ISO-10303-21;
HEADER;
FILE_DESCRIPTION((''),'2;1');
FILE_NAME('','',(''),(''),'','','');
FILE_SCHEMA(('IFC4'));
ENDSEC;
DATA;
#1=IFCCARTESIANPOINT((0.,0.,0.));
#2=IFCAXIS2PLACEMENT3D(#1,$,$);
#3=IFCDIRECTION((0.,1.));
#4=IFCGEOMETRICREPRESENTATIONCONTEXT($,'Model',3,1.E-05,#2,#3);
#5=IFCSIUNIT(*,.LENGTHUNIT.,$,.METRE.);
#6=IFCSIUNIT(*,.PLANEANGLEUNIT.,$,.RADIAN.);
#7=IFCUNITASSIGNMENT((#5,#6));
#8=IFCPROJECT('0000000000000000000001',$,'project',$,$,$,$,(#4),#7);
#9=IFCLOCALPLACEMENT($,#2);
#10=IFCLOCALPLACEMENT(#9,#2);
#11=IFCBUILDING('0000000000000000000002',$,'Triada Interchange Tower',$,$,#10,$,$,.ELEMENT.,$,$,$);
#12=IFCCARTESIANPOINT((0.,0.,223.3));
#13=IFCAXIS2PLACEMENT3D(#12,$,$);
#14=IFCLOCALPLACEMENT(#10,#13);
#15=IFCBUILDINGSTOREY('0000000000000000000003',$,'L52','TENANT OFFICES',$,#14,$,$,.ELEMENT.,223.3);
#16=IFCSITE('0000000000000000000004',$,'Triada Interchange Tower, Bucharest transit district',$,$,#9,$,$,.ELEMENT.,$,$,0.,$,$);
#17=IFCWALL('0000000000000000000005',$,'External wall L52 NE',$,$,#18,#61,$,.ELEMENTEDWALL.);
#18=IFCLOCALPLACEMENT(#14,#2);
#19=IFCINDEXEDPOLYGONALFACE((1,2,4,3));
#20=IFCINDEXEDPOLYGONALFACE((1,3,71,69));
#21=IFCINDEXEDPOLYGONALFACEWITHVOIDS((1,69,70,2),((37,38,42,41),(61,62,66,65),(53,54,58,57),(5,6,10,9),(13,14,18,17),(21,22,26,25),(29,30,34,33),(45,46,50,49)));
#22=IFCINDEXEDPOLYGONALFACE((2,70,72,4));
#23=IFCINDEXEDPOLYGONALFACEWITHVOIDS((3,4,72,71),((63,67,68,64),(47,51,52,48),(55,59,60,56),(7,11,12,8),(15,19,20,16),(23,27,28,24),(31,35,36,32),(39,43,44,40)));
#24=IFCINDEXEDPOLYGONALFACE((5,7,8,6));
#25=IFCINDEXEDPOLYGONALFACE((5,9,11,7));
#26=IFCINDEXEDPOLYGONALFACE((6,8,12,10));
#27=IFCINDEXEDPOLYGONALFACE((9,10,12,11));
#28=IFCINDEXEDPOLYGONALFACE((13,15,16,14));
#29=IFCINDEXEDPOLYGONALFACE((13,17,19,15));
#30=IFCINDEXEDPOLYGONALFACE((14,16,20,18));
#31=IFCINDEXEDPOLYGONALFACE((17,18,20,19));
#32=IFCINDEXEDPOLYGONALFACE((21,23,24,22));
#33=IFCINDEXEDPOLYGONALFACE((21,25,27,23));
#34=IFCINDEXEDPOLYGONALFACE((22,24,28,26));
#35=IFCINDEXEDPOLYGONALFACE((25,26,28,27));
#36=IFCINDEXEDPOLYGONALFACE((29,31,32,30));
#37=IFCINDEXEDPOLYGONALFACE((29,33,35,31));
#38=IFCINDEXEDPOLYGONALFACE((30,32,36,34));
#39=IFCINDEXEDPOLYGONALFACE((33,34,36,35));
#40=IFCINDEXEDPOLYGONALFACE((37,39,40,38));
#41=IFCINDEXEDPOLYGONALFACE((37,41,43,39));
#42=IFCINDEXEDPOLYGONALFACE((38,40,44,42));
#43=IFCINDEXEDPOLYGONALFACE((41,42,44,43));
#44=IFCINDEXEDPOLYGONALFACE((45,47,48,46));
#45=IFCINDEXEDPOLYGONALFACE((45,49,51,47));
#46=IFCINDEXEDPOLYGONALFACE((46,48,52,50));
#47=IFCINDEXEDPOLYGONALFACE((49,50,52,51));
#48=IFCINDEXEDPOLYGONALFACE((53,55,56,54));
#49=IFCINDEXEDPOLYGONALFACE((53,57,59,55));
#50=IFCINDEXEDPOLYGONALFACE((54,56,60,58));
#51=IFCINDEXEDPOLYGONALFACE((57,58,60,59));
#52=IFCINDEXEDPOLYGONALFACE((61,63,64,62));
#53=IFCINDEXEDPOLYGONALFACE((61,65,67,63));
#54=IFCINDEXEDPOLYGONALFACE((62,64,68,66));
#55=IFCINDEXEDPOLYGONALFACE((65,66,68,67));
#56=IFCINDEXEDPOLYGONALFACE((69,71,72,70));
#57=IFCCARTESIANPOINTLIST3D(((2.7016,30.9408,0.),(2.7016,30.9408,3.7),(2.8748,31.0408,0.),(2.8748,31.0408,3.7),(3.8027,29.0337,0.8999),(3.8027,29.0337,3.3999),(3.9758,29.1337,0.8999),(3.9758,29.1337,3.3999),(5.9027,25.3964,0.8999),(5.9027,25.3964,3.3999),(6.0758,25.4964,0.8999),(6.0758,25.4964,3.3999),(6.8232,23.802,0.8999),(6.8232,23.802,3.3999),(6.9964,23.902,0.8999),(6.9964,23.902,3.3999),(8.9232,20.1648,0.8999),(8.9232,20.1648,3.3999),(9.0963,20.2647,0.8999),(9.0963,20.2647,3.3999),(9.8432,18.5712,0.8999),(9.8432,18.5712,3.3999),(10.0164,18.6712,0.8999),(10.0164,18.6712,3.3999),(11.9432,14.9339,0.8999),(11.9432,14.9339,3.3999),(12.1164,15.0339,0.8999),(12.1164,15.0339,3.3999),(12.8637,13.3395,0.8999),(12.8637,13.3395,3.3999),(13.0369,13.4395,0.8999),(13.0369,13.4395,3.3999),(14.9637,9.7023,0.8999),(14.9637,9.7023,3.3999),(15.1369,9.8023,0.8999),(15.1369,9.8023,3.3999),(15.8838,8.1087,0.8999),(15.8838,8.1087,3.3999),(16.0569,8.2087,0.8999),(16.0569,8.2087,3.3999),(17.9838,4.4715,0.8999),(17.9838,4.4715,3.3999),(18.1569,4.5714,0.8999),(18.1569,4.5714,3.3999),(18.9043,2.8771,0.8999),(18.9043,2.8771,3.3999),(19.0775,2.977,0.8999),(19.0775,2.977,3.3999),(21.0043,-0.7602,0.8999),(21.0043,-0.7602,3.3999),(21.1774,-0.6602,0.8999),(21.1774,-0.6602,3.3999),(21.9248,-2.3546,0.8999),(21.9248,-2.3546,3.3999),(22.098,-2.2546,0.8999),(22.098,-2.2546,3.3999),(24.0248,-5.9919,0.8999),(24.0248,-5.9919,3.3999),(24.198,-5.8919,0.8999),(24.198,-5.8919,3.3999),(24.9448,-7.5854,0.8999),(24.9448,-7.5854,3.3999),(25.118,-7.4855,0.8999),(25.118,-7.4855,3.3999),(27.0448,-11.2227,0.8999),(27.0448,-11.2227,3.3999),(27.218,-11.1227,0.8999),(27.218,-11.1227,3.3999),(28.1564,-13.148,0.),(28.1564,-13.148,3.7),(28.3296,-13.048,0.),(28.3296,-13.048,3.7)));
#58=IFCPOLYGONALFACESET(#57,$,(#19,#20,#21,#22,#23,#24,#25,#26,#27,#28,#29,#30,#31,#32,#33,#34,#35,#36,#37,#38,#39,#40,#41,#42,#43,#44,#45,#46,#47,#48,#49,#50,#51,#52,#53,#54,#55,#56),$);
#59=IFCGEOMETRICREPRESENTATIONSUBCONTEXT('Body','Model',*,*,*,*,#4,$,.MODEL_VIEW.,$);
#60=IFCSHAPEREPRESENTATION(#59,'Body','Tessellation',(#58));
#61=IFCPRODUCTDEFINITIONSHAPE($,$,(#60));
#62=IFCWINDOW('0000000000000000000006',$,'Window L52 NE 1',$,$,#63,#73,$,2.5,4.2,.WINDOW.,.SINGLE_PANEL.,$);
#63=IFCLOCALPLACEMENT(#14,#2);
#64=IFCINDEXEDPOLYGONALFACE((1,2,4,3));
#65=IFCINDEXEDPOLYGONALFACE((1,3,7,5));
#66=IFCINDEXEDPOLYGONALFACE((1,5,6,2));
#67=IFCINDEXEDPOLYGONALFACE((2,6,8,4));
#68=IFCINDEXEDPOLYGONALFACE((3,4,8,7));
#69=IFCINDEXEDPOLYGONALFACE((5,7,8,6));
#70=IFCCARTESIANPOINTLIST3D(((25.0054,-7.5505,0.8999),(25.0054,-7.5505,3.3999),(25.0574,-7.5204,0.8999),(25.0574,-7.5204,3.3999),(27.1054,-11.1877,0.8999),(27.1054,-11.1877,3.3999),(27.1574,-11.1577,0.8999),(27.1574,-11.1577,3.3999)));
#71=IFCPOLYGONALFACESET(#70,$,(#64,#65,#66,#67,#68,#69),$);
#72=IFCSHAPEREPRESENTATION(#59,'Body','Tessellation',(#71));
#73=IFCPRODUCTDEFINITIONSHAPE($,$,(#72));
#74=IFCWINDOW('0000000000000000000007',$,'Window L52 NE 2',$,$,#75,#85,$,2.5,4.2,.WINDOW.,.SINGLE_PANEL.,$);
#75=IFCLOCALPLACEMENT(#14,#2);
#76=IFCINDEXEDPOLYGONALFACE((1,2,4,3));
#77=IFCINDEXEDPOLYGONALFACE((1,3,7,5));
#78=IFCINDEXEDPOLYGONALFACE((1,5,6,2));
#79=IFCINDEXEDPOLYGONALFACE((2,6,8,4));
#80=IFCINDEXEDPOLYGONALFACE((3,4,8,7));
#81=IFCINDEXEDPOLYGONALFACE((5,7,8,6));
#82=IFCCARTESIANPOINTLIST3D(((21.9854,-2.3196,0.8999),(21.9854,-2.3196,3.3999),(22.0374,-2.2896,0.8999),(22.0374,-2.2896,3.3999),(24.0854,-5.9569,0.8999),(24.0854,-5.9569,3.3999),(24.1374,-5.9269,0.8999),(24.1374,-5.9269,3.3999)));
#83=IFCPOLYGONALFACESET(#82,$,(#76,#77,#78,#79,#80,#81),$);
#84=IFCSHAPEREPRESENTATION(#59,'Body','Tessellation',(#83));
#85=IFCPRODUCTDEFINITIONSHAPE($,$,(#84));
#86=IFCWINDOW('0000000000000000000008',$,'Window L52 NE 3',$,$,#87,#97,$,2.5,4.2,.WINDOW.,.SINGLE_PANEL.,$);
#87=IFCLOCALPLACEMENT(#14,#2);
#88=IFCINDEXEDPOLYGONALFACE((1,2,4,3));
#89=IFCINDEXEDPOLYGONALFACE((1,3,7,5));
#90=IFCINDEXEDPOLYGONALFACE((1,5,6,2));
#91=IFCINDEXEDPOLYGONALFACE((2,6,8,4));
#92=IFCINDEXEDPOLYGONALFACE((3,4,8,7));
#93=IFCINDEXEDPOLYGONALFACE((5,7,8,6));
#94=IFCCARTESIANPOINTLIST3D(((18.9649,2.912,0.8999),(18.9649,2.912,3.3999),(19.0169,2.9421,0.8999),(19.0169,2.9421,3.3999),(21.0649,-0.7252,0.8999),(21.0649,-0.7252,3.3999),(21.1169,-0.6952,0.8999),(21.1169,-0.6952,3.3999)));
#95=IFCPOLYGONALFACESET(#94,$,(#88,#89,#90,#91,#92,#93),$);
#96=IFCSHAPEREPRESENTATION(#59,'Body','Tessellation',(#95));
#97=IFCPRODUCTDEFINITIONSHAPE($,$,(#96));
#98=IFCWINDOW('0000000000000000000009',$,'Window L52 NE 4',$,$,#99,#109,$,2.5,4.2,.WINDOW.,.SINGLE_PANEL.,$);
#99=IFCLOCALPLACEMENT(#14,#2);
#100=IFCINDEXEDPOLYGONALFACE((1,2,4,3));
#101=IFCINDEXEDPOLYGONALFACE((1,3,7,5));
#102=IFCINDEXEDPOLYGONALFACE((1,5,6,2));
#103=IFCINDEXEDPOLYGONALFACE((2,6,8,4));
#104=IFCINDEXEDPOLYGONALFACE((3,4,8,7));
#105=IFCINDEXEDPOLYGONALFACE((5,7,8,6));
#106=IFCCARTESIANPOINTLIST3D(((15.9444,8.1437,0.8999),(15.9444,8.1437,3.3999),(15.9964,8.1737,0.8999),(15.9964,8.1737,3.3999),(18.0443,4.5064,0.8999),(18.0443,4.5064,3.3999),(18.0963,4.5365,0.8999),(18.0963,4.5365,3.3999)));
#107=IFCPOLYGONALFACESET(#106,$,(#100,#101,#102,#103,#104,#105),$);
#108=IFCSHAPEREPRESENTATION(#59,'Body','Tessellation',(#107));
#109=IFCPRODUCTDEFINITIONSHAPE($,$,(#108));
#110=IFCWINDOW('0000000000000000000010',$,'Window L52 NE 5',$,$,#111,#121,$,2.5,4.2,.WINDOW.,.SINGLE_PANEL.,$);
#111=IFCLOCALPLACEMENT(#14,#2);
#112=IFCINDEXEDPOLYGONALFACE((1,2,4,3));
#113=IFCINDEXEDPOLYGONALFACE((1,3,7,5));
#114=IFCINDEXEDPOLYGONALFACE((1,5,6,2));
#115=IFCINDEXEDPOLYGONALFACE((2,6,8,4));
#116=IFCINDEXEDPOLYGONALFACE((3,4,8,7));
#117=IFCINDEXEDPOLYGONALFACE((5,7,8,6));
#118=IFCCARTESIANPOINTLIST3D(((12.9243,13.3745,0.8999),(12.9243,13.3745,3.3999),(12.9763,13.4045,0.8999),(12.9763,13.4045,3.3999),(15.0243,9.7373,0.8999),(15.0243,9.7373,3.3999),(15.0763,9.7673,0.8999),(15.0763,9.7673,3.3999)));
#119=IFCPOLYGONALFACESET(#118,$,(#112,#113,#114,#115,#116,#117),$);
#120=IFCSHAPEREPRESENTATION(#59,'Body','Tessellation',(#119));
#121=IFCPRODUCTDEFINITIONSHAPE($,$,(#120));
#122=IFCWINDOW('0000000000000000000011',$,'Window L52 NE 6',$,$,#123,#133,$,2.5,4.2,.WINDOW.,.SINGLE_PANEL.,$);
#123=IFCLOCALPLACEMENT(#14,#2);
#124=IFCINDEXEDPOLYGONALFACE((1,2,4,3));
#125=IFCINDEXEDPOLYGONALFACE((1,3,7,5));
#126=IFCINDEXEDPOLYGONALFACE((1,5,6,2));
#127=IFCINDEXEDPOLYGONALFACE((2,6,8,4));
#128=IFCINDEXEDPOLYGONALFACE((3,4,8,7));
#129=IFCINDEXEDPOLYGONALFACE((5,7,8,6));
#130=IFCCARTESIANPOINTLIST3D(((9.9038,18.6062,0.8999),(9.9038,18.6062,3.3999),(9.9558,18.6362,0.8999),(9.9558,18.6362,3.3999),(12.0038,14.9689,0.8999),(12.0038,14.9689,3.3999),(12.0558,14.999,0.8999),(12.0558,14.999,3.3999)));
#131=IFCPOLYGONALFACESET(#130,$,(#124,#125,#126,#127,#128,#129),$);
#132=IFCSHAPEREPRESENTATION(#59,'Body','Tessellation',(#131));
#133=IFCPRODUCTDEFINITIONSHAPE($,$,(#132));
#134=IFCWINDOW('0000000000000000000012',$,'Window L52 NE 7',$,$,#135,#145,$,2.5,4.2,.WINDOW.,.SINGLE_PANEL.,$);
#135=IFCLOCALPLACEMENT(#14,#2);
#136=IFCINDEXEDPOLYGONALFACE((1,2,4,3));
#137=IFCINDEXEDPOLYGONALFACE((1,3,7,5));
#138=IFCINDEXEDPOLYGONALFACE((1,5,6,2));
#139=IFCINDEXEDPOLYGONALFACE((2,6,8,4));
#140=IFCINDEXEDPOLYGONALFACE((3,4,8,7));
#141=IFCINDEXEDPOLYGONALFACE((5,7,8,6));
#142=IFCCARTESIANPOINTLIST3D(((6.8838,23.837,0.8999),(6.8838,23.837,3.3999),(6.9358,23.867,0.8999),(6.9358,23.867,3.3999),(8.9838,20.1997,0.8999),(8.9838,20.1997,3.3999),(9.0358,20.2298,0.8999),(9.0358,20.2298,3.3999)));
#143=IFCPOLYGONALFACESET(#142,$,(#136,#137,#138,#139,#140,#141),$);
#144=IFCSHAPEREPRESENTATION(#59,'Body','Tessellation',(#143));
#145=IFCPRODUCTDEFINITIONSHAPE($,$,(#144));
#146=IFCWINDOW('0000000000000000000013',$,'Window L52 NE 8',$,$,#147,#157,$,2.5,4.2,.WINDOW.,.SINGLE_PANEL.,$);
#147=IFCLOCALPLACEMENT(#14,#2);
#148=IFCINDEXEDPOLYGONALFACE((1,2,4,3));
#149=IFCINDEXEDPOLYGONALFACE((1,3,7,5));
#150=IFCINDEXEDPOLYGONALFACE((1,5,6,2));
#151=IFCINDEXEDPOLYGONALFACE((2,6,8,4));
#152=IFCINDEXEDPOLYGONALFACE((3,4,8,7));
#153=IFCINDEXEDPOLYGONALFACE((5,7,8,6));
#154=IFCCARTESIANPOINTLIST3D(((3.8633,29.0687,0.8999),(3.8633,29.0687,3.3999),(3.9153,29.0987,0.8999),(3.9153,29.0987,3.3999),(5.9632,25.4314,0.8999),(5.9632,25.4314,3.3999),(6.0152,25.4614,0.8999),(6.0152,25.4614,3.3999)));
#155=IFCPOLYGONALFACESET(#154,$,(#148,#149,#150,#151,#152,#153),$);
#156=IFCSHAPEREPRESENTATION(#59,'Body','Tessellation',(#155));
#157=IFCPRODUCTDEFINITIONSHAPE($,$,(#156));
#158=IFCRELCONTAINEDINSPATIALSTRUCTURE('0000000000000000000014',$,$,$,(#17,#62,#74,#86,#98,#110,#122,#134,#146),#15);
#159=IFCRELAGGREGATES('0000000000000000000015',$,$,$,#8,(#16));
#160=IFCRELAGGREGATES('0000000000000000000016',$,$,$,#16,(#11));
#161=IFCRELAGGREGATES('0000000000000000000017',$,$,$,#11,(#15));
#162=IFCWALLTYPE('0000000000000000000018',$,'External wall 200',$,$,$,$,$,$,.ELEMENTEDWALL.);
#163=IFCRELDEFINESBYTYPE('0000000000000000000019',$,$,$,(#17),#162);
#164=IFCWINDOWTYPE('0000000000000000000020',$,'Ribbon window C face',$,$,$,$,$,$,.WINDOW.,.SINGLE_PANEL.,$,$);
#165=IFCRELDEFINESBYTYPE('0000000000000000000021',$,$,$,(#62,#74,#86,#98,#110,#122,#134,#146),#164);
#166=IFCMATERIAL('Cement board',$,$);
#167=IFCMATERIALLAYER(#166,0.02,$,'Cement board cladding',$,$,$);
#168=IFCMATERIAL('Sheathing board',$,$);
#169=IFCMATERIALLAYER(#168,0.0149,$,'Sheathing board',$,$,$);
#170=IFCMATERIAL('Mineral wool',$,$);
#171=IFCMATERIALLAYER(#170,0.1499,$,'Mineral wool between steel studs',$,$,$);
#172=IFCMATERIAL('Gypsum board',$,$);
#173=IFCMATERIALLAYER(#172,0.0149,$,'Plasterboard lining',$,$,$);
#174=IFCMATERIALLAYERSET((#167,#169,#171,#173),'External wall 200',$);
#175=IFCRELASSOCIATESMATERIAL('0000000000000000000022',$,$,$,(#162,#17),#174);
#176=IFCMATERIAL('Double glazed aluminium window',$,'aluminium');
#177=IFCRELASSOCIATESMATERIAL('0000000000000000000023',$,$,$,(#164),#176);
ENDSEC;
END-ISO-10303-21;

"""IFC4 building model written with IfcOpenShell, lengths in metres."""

from ifc_helpers import new_model, si_unit, direction, frame, frame_2d, origin, place, context, subcontext, project, spatial, rectangle, extrude, material, layer, layer_set, layer_usage, type_object, element, fill, save


model = new_model("IFC4")

# Units and contexts
model_context = context("Model", 3, precision=1e-05, world=origin(), true_north=direction((0.0, 1.0)))
body_context = subcontext(model_context, "Body", "Model", "MODEL_VIEW")
ifc_project = project(units=[si_unit("LENGTHUNIT", "METRE"), si_unit("PLANEANGLEUNIT", "RADIAN")], contexts=[model_context])

# Site, building, storey
site_placement = place(None, origin())
site = spatial("IfcSite", under=ifc_project, at=site_placement, Name="Triada Interchange Tower, Bucharest transit district", CompositionType="ELEMENT", RefElevation=0.0)
building_placement = place(site_placement, origin())
building = spatial("IfcBuilding", under=site, at=building_placement, Name="Triada Interchange Tower", CompositionType="ELEMENT")
storey_placement = place(building_placement, frame((0.0, 0.0, 223.3)))
storey = spatial("IfcBuildingStorey", under=building, at=storey_placement, Name="L52", Description="TENANT OFFICES", CompositionType="ELEMENT", Elevation=223.3)

# Shared definitions
ifc_material_1 = material(Name="Cement board")
ifc_layer_1 = layer(ifc_material_1, 0.02, Name="Cement board cladding")
ifc_material_2 = material(Name="Sheathing board")
ifc_layer_2 = layer(ifc_material_2, 0.0149, Name="Sheathing board")
ifc_material_3 = material(Name="Mineral wool")
ifc_layer_3 = layer(ifc_material_3, 0.1499, Name="Mineral wool between steel studs")
ifc_material_4 = material(Name="Gypsum board")
ifc_layer_4 = layer(ifc_material_4, 0.0149, Name="Plasterboard lining")
ifc_layer_set_1 = layer_set([ifc_layer_1, ifc_layer_2, ifc_layer_3, ifc_layer_4], Name="External wall 200")
ifc_layer_usage = layer_usage(ifc_layer_set_1, "AXIS2", "POSITIVE", -0.1001)
wall_type = type_object("IfcWallType", Name="External wall 200", PredefinedType="ELEMENTEDWALL", material=ifc_layer_set_1)
ifc_material_5 = material(Name="Double glazed aluminium window", Category="aluminium")

# Wall, openings, windows
wall_1_placement = place(storey_placement, frame((28.2429, -13.0979, 0.0), z_axis=(0.0, 0.0, 1.0), x_axis=(-0.500002, 0.866024, 0.0)))
wall_1 = element("IfcWall", 1, at=wall_1_placement, inside=storey, type_object=wall_type, material=ifc_layer_usage, Name="External wall L52 NE", PredefinedType="ELEMENTEDWALL", context=body_context, shape_type="SweptSolid", body=[
    extrude(rectangle(XDim=50.9094, YDim=0.2, at=frame_2d((25.4546, 0.0))), origin(), (0.0, 0.0, 1.0), 3.7),
])
opening_1_placement = place(wall_1_placement, frame((2.2229, 0.0, 0.8999)))
opening_1 = element("IfcOpeningElement", 2, at=opening_1_placement, cuts=wall_1, PredefinedType="OPENING", context=body_context, shape_type="SweptSolid", body=[
    extrude(rectangle(XDim=4.2, YDim=2.5, at=frame_2d((2.1001, 1.25))), frame((0.0, 0.1099, 0.0), z_axis=(0.0, -1.0, 0.0), x_axis=(1.0, 0.0, 0.0)), (0.0, 0.0, 1.0), 0.22),
])
opening_2_placement = place(wall_1_placement, frame((8.2629, 0.0, 0.8999)))
opening_2 = element("IfcOpeningElement", 3, at=opening_2_placement, cuts=wall_1, PredefinedType="OPENING", context=body_context, shape_type="SweptSolid", body=[
    extrude(rectangle(XDim=4.2, YDim=2.5, at=frame_2d((2.1001, 1.25))), frame((0.0, 0.1099, 0.0), z_axis=(0.0, -1.0, 0.0), x_axis=(1.0, 0.0, 0.0)), (0.0, 0.0, 1.0), 0.22),
])
opening_3_placement = place(wall_1_placement, frame((14.304, 0.0, 0.8999)))
opening_3 = element("IfcOpeningElement", 4, at=opening_3_placement, cuts=wall_1, PredefinedType="OPENING", context=body_context, shape_type="SweptSolid", body=[
    extrude(rectangle(XDim=4.2, YDim=2.5, at=frame_2d((2.1001, 1.25))), frame((0.0, 0.1099, 0.0), z_axis=(0.0, -1.0, 0.0), x_axis=(1.0, 0.0, 0.0)), (0.0, 0.0, 1.0), 0.22),
])
opening_4_placement = place(wall_1_placement, frame((20.345, 0.0, 0.8999)))
opening_4 = element("IfcOpeningElement", 5, at=opening_4_placement, cuts=wall_1, PredefinedType="OPENING", context=body_context, shape_type="SweptSolid", body=[
    extrude(rectangle(XDim=4.2, YDim=2.5, at=frame_2d((2.1001, 1.25))), frame((0.0, 0.1099, 0.0), z_axis=(0.0, -1.0, 0.0), x_axis=(1.0, 0.0, 0.0)), (0.0, 0.0, 1.0), 0.22),
])
opening_5_placement = place(wall_1_placement, frame((26.385, 0.0, 0.8999)))
opening_5 = element("IfcOpeningElement", 6, at=opening_5_placement, cuts=wall_1, PredefinedType="OPENING", context=body_context, shape_type="SweptSolid", body=[
    extrude(rectangle(XDim=4.2, YDim=2.5, at=frame_2d((2.1001, 1.25))), frame((0.0, 0.1099, 0.0), z_axis=(0.0, -1.0, 0.0), x_axis=(1.0, 0.0, 0.0)), (0.0, 0.0, 1.0), 0.22),
])
opening_6_placement = place(wall_1_placement, frame((32.426, 0.0, 0.8999)))
opening_6 = element("IfcOpeningElement", 7, at=opening_6_placement, cuts=wall_1, PredefinedType="OPENING", context=body_context, shape_type="SweptSolid", body=[
    extrude(rectangle(XDim=4.2, YDim=2.5, at=frame_2d((2.1001, 1.25))), frame((0.0, 0.1099, 0.0), z_axis=(0.0, -1.0, 0.0), x_axis=(1.0, 0.0, 0.0)), (0.0, 0.0, 1.0), 0.22),
])
opening_7_placement = place(wall_1_placement, frame((38.4661, 0.0, 0.8999)))
opening_7 = element("IfcOpeningElement", 8, at=opening_7_placement, cuts=wall_1, PredefinedType="OPENING", context=body_context, shape_type="SweptSolid", body=[
    extrude(rectangle(XDim=4.2, YDim=2.5, at=frame_2d((2.1001, 1.25))), frame((0.0, 0.1099, 0.0), z_axis=(0.0, -1.0, 0.0), x_axis=(1.0, 0.0, 0.0)), (0.0, 0.0, 1.0), 0.22),
])
opening_8_placement = place(wall_1_placement, frame((44.5071, 0.0, 0.8999)))
opening_8 = element("IfcOpeningElement", 9, at=opening_8_placement, cuts=wall_1, PredefinedType="OPENING", context=body_context, shape_type="SweptSolid", body=[
    extrude(rectangle(XDim=4.2, YDim=2.5, at=frame_2d((2.1001, 1.25))), frame((0.0, 0.1099, 0.0), z_axis=(0.0, -1.0, 0.0), x_axis=(1.0, 0.0, 0.0)), (0.0, 0.0, 1.0), 0.22),
])
window_type_1 = type_object("IfcWindowType", Name="Ribbon window C face", PartitioningType="SINGLE_PANEL", PredefinedType="WINDOW", material=ifc_material_5)
window_1_placement = place(opening_1_placement, origin())
window_1 = element("IfcWindow", 10, at=window_1_placement, inside=storey, type_object=window_type_1, Name="Window L52 NE 1", OverallHeight=2.5, OverallWidth=4.2, PartitioningType="SINGLE_PANEL", PredefinedType="WINDOW", context=body_context, shape_type="SweptSolid", body=[
    extrude(rectangle(XDim=4.2, YDim=2.5, at=frame_2d((2.1001, 1.25))), frame((0.0, 0.03, 0.0), z_axis=(0.0, -1.0, 0.0), x_axis=(1.0, 0.0, 0.0)), (0.0, 0.0, 1.0), 0.0601),
])
fill(opening_1, window_1)
window_2_placement = place(opening_2_placement, origin())
window_2 = element("IfcWindow", 11, at=window_2_placement, inside=storey, type_object=window_type_1, Name="Window L52 NE 2", OverallHeight=2.5, OverallWidth=4.2, PartitioningType="SINGLE_PANEL", PredefinedType="WINDOW", context=body_context, shape_type="SweptSolid", body=[
    extrude(rectangle(XDim=4.2, YDim=2.5, at=frame_2d((2.1001, 1.25))), frame((0.0, 0.03, 0.0), z_axis=(0.0, -1.0, 0.0), x_axis=(1.0, 0.0, 0.0)), (0.0, 0.0, 1.0), 0.0601),
])
fill(opening_2, window_2)
window_3_placement = place(opening_3_placement, origin())
window_3 = element("IfcWindow", 12, at=window_3_placement, inside=storey, type_object=window_type_1, Name="Window L52 NE 3", OverallHeight=2.5, OverallWidth=4.2, PartitioningType="SINGLE_PANEL", PredefinedType="WINDOW", context=body_context, shape_type="SweptSolid", body=[
    extrude(rectangle(XDim=4.2, YDim=2.5, at=frame_2d((2.1001, 1.25))), frame((0.0, 0.03, 0.0), z_axis=(0.0, -1.0, 0.0), x_axis=(1.0, 0.0, 0.0)), (0.0, 0.0, 1.0), 0.0601),
])
fill(opening_3, window_3)
window_4_placement = place(opening_4_placement, origin())
window_4 = element("IfcWindow", 13, at=window_4_placement, inside=storey, type_object=window_type_1, Name="Window L52 NE 4", OverallHeight=2.5, OverallWidth=4.2, PartitioningType="SINGLE_PANEL", PredefinedType="WINDOW", context=body_context, shape_type="SweptSolid", body=[
    extrude(rectangle(XDim=4.2, YDim=2.5, at=frame_2d((2.1001, 1.25))), frame((0.0, 0.03, 0.0), z_axis=(0.0, -1.0, 0.0), x_axis=(1.0, 0.0, 0.0)), (0.0, 0.0, 1.0), 0.0601),
])
fill(opening_4, window_4)
window_5_placement = place(opening_5_placement, origin())
window_5 = element("IfcWindow", 14, at=window_5_placement, inside=storey, type_object=window_type_1, Name="Window L52 NE 5", OverallHeight=2.5, OverallWidth=4.2, PartitioningType="SINGLE_PANEL", PredefinedType="WINDOW", context=body_context, shape_type="SweptSolid", body=[
    extrude(rectangle(XDim=4.2, YDim=2.5, at=frame_2d((2.1001, 1.25))), frame((0.0, 0.03, 0.0), z_axis=(0.0, -1.0, 0.0), x_axis=(1.0, 0.0, 0.0)), (0.0, 0.0, 1.0), 0.0601),
])
fill(opening_5, window_5)
window_6_placement = place(opening_6_placement, origin())
window_6 = element("IfcWindow", 15, at=window_6_placement, inside=storey, type_object=window_type_1, Name="Window L52 NE 6", OverallHeight=2.5, OverallWidth=4.2, PartitioningType="SINGLE_PANEL", PredefinedType="WINDOW", context=body_context, shape_type="SweptSolid", body=[
    extrude(rectangle(XDim=4.2, YDim=2.5, at=frame_2d((2.1001, 1.25))), frame((0.0, 0.03, 0.0), z_axis=(0.0, -1.0, 0.0), x_axis=(1.0, 0.0, 0.0)), (0.0, 0.0, 1.0), 0.0601),
])
fill(opening_6, window_6)
window_7_placement = place(opening_7_placement, origin())
window_7 = element("IfcWindow", 16, at=window_7_placement, inside=storey, type_object=window_type_1, Name="Window L52 NE 7", OverallHeight=2.5, OverallWidth=4.2, PartitioningType="SINGLE_PANEL", PredefinedType="WINDOW", context=body_context, shape_type="SweptSolid", body=[
    extrude(rectangle(XDim=4.2, YDim=2.5, at=frame_2d((2.1001, 1.25))), frame((0.0, 0.03, 0.0), z_axis=(0.0, -1.0, 0.0), x_axis=(1.0, 0.0, 0.0)), (0.0, 0.0, 1.0), 0.0601),
])
fill(opening_7, window_7)
window_8_placement = place(opening_8_placement, origin())
window_8 = element("IfcWindow", 17, at=window_8_placement, inside=storey, type_object=window_type_1, Name="Window L52 NE 8", OverallHeight=2.5, OverallWidth=4.2, PartitioningType="SINGLE_PANEL", PredefinedType="WINDOW", context=body_context, shape_type="SweptSolid", body=[
    extrude(rectangle(XDim=4.2, YDim=2.5, at=frame_2d((2.1001, 1.25))), frame((0.0, 0.03, 0.0), z_axis=(0.0, -1.0, 0.0), x_axis=(1.0, 0.0, 0.0)), (0.0, 0.0, 1.0), 0.0601),
])
fill(opening_8, window_8)

save(model, "model.ifc")
